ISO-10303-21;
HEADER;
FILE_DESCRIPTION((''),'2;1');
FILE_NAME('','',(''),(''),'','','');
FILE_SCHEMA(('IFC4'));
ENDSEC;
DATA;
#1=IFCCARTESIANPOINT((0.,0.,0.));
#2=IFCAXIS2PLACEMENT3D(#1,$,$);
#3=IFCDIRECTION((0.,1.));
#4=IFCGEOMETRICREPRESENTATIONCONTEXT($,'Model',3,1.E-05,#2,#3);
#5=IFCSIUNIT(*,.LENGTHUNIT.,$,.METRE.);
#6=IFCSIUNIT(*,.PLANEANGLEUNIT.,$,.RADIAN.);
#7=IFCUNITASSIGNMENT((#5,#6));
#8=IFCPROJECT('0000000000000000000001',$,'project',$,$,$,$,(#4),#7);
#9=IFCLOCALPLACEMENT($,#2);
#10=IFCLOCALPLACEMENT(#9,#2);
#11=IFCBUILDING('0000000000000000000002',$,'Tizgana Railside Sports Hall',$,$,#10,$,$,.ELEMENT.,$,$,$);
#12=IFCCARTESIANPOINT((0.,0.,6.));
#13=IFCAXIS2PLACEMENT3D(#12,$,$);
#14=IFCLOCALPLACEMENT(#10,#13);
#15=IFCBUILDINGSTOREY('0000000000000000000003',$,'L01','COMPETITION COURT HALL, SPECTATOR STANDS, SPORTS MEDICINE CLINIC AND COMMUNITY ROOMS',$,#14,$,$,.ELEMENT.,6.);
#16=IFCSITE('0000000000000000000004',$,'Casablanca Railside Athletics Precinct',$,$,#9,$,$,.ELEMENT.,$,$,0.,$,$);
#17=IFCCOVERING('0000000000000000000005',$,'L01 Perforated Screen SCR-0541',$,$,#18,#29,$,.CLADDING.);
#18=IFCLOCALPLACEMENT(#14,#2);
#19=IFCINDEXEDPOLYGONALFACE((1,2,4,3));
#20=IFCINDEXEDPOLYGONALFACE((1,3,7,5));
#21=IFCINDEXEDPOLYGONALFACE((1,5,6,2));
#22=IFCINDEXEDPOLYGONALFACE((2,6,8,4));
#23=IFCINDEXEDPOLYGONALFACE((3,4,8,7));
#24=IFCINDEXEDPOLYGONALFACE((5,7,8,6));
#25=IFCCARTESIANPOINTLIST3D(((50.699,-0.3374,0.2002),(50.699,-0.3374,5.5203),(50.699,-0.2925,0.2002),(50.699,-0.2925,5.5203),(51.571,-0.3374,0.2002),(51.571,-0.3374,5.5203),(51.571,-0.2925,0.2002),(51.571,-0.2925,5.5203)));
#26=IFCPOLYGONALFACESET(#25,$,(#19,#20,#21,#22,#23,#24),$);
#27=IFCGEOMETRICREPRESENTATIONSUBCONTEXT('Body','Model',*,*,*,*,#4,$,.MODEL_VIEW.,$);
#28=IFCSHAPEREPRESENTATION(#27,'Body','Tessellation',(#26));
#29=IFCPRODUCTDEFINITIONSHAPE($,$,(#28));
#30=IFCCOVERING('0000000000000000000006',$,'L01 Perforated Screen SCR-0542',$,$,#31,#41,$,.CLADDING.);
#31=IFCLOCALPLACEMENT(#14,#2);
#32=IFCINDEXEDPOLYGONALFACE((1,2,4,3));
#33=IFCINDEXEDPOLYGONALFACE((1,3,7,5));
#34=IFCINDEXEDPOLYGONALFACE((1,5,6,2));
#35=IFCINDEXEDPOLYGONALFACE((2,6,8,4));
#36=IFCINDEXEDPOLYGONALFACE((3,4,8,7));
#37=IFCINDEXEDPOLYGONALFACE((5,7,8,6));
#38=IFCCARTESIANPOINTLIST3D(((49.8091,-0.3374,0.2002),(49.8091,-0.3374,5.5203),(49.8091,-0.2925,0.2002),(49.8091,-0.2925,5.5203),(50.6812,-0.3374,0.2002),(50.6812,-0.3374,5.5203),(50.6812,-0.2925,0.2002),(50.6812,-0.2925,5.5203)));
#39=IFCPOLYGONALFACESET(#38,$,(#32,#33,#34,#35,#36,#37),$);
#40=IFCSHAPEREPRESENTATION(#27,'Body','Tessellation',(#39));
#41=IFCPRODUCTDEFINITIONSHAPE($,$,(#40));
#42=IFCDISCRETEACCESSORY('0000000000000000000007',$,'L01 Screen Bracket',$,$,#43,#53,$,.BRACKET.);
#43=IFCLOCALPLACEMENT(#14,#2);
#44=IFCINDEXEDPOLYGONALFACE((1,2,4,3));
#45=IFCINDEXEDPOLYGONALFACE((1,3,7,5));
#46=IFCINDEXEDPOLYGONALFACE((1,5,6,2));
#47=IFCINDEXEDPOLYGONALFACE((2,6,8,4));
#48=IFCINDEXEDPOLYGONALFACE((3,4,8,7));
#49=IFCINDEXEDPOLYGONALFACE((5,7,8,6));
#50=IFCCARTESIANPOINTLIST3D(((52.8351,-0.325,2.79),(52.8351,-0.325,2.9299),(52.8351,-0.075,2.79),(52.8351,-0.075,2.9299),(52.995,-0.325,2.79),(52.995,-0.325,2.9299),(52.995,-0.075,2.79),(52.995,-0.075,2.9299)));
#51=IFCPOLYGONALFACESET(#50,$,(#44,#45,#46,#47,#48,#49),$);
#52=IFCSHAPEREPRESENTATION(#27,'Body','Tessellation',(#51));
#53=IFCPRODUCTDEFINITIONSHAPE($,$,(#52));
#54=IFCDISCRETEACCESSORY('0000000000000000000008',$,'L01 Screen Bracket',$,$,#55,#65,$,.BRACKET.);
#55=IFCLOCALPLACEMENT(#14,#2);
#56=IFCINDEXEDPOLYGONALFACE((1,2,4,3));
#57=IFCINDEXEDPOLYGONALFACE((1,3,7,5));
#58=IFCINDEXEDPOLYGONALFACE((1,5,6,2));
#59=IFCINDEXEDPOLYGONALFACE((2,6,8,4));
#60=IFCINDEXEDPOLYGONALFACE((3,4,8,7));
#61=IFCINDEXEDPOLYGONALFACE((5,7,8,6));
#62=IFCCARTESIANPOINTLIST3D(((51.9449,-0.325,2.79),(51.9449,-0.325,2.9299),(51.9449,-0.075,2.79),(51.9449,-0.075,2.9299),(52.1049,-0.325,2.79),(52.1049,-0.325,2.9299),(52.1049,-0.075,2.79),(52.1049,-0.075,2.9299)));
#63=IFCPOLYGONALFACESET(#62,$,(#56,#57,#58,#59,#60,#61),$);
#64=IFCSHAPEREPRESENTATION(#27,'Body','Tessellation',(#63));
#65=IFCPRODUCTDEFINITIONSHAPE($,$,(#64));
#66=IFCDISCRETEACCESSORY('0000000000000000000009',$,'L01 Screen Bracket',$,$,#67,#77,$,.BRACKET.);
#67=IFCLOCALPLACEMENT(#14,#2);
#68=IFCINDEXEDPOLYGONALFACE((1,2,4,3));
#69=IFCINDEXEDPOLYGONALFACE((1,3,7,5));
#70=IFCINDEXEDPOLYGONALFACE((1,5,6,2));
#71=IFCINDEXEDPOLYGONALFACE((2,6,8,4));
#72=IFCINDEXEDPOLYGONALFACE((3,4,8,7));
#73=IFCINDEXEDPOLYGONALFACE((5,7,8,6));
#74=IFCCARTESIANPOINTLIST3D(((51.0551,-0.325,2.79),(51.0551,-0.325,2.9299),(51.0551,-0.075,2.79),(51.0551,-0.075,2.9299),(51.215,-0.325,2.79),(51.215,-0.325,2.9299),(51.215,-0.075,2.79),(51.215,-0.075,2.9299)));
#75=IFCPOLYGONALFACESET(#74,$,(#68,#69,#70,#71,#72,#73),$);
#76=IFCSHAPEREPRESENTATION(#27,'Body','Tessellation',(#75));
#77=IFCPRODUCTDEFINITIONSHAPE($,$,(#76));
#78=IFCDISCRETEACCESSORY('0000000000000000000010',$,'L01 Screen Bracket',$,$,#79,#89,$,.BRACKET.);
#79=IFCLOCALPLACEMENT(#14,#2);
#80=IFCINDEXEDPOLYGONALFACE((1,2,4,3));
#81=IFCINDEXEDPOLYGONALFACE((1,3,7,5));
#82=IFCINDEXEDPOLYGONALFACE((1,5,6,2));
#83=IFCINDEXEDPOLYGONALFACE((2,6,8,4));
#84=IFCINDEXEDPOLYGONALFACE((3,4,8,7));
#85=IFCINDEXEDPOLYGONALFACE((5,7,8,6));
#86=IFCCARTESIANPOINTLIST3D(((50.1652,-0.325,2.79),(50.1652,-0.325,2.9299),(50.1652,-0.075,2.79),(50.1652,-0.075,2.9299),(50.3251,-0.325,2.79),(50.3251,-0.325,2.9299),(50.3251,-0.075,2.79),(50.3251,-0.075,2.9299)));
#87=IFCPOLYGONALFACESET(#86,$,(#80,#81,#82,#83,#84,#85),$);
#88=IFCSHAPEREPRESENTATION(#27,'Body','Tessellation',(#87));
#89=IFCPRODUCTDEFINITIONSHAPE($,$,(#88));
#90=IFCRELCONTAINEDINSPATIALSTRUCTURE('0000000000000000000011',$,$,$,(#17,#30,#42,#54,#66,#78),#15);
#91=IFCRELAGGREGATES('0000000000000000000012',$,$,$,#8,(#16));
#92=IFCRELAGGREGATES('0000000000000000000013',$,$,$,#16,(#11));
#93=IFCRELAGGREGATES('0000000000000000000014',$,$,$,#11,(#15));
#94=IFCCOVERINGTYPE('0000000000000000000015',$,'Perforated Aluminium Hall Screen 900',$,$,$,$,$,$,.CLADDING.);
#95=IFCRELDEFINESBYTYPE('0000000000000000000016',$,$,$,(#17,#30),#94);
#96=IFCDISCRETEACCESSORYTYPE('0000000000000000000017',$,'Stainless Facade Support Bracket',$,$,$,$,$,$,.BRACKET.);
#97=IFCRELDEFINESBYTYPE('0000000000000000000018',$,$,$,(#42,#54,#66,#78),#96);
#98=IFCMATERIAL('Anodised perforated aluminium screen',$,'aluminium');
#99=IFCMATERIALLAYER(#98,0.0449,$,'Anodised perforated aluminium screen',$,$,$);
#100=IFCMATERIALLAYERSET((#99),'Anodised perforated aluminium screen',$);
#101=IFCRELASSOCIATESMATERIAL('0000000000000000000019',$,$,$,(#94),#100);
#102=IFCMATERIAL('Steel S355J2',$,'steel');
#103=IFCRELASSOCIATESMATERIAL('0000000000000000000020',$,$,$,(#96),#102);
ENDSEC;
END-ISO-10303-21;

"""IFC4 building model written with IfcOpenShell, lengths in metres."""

from ifc_helpers import new_model, si_unit, direction, frame, origin, origin_2d, place, context, subcontext, project, spatial, rectangle, extrude, material, layer, layer_set, type_object, element, save


model = new_model("IFC4")

# Units and contexts
model_context = context("Model", 3, precision=1e-05, world=origin(), true_north=direction((0.0, 1.0)))
body_context = subcontext(model_context, "Body", "Model", "MODEL_VIEW")
ifc_project = project(units=[si_unit("LENGTHUNIT", "METRE"), si_unit("PLANEANGLEUNIT", "RADIAN")], contexts=[model_context])

# Site, building, storey
site_placement = place(None, origin())
site = spatial("IfcSite", under=ifc_project, at=site_placement, Name="Casablanca Railside Athletics Precinct", CompositionType="ELEMENT", RefElevation=0.0)
building_placement = place(site_placement, origin())
building = spatial("IfcBuilding", under=site, at=building_placement, Name="Tizgana Railside Sports Hall", CompositionType="ELEMENT")
storey_placement = place(building_placement, frame((0.0, 0.0, 6.0)))
storey = spatial("IfcBuildingStorey", under=building, at=storey_placement, Name="L01", Description="COMPETITION COURT HALL, SPECTATOR STANDS, SPORTS MEDICINE CLINIC AND COMMUNITY ROOMS", CompositionType="ELEMENT", Elevation=6.0)

# Coverings
ifc_material_1 = material(Name="Anodised perforated aluminium screen", Category="aluminium")
ifc_layer_1 = layer(ifc_material_1, 0.0449, Name="Anodised perforated aluminium screen")
ifc_layer_set_1 = layer_set([ifc_layer_1], Name="Anodised perforated aluminium screen")
covering_type = type_object("IfcCoveringType", Name="Perforated Aluminium Hall Screen 900", PredefinedType="CLADDING", material=ifc_layer_set_1)
for number, where, z_axis, x_axis, name in (
    (1, (51.135, -0.3149, 0.2002), (0.0, 0.0, 1.0), (-1.0, 0.0, 0.0), "L01 Perforated Screen SCR-0541"),
    (2, (50.2451, -0.3149, 0.2002), (0.0, 0.0, 1.0), (-1.0, 0.0, 0.0), "L01 Perforated Screen SCR-0542"),
):
    element("IfcCovering", number, at=place(storey_placement, frame(where, z_axis=z_axis, x_axis=x_axis)), inside=storey, type_object=covering_type, Name=name, PredefinedType="CLADDING", context=body_context, shape_type="SweptSolid", body=[
        extrude(rectangle(XDim=0.8721, YDim=0.0449, at=origin_2d()), origin(), (0.0, 0.0, 1.0), 5.3201),
    ])

# Discrete accessories
ifc_material_2 = material(Name="Steel S355J2", Category="steel")
discrete_accessory_type = type_object("IfcDiscreteAccessoryType", Name="Stainless Facade Support Bracket", PredefinedType="BRACKET", material=ifc_material_2)
for number, where, z_axis, x_axis, name in (
    (3, (52.915, -0.2, 2.79), (0.0, 0.0, 1.0), (-1.0, 0.0, 0.0), "L01 Screen Bracket"),
    (4, (52.0249, -0.2, 2.79), (0.0, 0.0, 1.0), (-1.0, 0.0, 0.0), "L01 Screen Bracket"),
    (5, (51.135, -0.2, 2.79), (0.0, 0.0, 1.0), (-1.0, 0.0, 0.0), "L01 Screen Bracket"),
    (6, (50.2451, -0.2, 2.79), (0.0, 0.0, 1.0), (-1.0, 0.0, 0.0), "L01 Screen Bracket"),
):
    element("IfcDiscreteAccessory", number, at=place(storey_placement, frame(where, z_axis=z_axis, x_axis=x_axis)), inside=storey, type_object=discrete_accessory_type, Name=name, PredefinedType="BRACKET", context=body_context, shape_type="SweptSolid", body=[
        extrude(rectangle(XDim=0.1599, YDim=0.25, at=origin_2d()), origin(), (0.0, 0.0, 1.0), 0.1399),
    ])

save(model, "model.ifc")
